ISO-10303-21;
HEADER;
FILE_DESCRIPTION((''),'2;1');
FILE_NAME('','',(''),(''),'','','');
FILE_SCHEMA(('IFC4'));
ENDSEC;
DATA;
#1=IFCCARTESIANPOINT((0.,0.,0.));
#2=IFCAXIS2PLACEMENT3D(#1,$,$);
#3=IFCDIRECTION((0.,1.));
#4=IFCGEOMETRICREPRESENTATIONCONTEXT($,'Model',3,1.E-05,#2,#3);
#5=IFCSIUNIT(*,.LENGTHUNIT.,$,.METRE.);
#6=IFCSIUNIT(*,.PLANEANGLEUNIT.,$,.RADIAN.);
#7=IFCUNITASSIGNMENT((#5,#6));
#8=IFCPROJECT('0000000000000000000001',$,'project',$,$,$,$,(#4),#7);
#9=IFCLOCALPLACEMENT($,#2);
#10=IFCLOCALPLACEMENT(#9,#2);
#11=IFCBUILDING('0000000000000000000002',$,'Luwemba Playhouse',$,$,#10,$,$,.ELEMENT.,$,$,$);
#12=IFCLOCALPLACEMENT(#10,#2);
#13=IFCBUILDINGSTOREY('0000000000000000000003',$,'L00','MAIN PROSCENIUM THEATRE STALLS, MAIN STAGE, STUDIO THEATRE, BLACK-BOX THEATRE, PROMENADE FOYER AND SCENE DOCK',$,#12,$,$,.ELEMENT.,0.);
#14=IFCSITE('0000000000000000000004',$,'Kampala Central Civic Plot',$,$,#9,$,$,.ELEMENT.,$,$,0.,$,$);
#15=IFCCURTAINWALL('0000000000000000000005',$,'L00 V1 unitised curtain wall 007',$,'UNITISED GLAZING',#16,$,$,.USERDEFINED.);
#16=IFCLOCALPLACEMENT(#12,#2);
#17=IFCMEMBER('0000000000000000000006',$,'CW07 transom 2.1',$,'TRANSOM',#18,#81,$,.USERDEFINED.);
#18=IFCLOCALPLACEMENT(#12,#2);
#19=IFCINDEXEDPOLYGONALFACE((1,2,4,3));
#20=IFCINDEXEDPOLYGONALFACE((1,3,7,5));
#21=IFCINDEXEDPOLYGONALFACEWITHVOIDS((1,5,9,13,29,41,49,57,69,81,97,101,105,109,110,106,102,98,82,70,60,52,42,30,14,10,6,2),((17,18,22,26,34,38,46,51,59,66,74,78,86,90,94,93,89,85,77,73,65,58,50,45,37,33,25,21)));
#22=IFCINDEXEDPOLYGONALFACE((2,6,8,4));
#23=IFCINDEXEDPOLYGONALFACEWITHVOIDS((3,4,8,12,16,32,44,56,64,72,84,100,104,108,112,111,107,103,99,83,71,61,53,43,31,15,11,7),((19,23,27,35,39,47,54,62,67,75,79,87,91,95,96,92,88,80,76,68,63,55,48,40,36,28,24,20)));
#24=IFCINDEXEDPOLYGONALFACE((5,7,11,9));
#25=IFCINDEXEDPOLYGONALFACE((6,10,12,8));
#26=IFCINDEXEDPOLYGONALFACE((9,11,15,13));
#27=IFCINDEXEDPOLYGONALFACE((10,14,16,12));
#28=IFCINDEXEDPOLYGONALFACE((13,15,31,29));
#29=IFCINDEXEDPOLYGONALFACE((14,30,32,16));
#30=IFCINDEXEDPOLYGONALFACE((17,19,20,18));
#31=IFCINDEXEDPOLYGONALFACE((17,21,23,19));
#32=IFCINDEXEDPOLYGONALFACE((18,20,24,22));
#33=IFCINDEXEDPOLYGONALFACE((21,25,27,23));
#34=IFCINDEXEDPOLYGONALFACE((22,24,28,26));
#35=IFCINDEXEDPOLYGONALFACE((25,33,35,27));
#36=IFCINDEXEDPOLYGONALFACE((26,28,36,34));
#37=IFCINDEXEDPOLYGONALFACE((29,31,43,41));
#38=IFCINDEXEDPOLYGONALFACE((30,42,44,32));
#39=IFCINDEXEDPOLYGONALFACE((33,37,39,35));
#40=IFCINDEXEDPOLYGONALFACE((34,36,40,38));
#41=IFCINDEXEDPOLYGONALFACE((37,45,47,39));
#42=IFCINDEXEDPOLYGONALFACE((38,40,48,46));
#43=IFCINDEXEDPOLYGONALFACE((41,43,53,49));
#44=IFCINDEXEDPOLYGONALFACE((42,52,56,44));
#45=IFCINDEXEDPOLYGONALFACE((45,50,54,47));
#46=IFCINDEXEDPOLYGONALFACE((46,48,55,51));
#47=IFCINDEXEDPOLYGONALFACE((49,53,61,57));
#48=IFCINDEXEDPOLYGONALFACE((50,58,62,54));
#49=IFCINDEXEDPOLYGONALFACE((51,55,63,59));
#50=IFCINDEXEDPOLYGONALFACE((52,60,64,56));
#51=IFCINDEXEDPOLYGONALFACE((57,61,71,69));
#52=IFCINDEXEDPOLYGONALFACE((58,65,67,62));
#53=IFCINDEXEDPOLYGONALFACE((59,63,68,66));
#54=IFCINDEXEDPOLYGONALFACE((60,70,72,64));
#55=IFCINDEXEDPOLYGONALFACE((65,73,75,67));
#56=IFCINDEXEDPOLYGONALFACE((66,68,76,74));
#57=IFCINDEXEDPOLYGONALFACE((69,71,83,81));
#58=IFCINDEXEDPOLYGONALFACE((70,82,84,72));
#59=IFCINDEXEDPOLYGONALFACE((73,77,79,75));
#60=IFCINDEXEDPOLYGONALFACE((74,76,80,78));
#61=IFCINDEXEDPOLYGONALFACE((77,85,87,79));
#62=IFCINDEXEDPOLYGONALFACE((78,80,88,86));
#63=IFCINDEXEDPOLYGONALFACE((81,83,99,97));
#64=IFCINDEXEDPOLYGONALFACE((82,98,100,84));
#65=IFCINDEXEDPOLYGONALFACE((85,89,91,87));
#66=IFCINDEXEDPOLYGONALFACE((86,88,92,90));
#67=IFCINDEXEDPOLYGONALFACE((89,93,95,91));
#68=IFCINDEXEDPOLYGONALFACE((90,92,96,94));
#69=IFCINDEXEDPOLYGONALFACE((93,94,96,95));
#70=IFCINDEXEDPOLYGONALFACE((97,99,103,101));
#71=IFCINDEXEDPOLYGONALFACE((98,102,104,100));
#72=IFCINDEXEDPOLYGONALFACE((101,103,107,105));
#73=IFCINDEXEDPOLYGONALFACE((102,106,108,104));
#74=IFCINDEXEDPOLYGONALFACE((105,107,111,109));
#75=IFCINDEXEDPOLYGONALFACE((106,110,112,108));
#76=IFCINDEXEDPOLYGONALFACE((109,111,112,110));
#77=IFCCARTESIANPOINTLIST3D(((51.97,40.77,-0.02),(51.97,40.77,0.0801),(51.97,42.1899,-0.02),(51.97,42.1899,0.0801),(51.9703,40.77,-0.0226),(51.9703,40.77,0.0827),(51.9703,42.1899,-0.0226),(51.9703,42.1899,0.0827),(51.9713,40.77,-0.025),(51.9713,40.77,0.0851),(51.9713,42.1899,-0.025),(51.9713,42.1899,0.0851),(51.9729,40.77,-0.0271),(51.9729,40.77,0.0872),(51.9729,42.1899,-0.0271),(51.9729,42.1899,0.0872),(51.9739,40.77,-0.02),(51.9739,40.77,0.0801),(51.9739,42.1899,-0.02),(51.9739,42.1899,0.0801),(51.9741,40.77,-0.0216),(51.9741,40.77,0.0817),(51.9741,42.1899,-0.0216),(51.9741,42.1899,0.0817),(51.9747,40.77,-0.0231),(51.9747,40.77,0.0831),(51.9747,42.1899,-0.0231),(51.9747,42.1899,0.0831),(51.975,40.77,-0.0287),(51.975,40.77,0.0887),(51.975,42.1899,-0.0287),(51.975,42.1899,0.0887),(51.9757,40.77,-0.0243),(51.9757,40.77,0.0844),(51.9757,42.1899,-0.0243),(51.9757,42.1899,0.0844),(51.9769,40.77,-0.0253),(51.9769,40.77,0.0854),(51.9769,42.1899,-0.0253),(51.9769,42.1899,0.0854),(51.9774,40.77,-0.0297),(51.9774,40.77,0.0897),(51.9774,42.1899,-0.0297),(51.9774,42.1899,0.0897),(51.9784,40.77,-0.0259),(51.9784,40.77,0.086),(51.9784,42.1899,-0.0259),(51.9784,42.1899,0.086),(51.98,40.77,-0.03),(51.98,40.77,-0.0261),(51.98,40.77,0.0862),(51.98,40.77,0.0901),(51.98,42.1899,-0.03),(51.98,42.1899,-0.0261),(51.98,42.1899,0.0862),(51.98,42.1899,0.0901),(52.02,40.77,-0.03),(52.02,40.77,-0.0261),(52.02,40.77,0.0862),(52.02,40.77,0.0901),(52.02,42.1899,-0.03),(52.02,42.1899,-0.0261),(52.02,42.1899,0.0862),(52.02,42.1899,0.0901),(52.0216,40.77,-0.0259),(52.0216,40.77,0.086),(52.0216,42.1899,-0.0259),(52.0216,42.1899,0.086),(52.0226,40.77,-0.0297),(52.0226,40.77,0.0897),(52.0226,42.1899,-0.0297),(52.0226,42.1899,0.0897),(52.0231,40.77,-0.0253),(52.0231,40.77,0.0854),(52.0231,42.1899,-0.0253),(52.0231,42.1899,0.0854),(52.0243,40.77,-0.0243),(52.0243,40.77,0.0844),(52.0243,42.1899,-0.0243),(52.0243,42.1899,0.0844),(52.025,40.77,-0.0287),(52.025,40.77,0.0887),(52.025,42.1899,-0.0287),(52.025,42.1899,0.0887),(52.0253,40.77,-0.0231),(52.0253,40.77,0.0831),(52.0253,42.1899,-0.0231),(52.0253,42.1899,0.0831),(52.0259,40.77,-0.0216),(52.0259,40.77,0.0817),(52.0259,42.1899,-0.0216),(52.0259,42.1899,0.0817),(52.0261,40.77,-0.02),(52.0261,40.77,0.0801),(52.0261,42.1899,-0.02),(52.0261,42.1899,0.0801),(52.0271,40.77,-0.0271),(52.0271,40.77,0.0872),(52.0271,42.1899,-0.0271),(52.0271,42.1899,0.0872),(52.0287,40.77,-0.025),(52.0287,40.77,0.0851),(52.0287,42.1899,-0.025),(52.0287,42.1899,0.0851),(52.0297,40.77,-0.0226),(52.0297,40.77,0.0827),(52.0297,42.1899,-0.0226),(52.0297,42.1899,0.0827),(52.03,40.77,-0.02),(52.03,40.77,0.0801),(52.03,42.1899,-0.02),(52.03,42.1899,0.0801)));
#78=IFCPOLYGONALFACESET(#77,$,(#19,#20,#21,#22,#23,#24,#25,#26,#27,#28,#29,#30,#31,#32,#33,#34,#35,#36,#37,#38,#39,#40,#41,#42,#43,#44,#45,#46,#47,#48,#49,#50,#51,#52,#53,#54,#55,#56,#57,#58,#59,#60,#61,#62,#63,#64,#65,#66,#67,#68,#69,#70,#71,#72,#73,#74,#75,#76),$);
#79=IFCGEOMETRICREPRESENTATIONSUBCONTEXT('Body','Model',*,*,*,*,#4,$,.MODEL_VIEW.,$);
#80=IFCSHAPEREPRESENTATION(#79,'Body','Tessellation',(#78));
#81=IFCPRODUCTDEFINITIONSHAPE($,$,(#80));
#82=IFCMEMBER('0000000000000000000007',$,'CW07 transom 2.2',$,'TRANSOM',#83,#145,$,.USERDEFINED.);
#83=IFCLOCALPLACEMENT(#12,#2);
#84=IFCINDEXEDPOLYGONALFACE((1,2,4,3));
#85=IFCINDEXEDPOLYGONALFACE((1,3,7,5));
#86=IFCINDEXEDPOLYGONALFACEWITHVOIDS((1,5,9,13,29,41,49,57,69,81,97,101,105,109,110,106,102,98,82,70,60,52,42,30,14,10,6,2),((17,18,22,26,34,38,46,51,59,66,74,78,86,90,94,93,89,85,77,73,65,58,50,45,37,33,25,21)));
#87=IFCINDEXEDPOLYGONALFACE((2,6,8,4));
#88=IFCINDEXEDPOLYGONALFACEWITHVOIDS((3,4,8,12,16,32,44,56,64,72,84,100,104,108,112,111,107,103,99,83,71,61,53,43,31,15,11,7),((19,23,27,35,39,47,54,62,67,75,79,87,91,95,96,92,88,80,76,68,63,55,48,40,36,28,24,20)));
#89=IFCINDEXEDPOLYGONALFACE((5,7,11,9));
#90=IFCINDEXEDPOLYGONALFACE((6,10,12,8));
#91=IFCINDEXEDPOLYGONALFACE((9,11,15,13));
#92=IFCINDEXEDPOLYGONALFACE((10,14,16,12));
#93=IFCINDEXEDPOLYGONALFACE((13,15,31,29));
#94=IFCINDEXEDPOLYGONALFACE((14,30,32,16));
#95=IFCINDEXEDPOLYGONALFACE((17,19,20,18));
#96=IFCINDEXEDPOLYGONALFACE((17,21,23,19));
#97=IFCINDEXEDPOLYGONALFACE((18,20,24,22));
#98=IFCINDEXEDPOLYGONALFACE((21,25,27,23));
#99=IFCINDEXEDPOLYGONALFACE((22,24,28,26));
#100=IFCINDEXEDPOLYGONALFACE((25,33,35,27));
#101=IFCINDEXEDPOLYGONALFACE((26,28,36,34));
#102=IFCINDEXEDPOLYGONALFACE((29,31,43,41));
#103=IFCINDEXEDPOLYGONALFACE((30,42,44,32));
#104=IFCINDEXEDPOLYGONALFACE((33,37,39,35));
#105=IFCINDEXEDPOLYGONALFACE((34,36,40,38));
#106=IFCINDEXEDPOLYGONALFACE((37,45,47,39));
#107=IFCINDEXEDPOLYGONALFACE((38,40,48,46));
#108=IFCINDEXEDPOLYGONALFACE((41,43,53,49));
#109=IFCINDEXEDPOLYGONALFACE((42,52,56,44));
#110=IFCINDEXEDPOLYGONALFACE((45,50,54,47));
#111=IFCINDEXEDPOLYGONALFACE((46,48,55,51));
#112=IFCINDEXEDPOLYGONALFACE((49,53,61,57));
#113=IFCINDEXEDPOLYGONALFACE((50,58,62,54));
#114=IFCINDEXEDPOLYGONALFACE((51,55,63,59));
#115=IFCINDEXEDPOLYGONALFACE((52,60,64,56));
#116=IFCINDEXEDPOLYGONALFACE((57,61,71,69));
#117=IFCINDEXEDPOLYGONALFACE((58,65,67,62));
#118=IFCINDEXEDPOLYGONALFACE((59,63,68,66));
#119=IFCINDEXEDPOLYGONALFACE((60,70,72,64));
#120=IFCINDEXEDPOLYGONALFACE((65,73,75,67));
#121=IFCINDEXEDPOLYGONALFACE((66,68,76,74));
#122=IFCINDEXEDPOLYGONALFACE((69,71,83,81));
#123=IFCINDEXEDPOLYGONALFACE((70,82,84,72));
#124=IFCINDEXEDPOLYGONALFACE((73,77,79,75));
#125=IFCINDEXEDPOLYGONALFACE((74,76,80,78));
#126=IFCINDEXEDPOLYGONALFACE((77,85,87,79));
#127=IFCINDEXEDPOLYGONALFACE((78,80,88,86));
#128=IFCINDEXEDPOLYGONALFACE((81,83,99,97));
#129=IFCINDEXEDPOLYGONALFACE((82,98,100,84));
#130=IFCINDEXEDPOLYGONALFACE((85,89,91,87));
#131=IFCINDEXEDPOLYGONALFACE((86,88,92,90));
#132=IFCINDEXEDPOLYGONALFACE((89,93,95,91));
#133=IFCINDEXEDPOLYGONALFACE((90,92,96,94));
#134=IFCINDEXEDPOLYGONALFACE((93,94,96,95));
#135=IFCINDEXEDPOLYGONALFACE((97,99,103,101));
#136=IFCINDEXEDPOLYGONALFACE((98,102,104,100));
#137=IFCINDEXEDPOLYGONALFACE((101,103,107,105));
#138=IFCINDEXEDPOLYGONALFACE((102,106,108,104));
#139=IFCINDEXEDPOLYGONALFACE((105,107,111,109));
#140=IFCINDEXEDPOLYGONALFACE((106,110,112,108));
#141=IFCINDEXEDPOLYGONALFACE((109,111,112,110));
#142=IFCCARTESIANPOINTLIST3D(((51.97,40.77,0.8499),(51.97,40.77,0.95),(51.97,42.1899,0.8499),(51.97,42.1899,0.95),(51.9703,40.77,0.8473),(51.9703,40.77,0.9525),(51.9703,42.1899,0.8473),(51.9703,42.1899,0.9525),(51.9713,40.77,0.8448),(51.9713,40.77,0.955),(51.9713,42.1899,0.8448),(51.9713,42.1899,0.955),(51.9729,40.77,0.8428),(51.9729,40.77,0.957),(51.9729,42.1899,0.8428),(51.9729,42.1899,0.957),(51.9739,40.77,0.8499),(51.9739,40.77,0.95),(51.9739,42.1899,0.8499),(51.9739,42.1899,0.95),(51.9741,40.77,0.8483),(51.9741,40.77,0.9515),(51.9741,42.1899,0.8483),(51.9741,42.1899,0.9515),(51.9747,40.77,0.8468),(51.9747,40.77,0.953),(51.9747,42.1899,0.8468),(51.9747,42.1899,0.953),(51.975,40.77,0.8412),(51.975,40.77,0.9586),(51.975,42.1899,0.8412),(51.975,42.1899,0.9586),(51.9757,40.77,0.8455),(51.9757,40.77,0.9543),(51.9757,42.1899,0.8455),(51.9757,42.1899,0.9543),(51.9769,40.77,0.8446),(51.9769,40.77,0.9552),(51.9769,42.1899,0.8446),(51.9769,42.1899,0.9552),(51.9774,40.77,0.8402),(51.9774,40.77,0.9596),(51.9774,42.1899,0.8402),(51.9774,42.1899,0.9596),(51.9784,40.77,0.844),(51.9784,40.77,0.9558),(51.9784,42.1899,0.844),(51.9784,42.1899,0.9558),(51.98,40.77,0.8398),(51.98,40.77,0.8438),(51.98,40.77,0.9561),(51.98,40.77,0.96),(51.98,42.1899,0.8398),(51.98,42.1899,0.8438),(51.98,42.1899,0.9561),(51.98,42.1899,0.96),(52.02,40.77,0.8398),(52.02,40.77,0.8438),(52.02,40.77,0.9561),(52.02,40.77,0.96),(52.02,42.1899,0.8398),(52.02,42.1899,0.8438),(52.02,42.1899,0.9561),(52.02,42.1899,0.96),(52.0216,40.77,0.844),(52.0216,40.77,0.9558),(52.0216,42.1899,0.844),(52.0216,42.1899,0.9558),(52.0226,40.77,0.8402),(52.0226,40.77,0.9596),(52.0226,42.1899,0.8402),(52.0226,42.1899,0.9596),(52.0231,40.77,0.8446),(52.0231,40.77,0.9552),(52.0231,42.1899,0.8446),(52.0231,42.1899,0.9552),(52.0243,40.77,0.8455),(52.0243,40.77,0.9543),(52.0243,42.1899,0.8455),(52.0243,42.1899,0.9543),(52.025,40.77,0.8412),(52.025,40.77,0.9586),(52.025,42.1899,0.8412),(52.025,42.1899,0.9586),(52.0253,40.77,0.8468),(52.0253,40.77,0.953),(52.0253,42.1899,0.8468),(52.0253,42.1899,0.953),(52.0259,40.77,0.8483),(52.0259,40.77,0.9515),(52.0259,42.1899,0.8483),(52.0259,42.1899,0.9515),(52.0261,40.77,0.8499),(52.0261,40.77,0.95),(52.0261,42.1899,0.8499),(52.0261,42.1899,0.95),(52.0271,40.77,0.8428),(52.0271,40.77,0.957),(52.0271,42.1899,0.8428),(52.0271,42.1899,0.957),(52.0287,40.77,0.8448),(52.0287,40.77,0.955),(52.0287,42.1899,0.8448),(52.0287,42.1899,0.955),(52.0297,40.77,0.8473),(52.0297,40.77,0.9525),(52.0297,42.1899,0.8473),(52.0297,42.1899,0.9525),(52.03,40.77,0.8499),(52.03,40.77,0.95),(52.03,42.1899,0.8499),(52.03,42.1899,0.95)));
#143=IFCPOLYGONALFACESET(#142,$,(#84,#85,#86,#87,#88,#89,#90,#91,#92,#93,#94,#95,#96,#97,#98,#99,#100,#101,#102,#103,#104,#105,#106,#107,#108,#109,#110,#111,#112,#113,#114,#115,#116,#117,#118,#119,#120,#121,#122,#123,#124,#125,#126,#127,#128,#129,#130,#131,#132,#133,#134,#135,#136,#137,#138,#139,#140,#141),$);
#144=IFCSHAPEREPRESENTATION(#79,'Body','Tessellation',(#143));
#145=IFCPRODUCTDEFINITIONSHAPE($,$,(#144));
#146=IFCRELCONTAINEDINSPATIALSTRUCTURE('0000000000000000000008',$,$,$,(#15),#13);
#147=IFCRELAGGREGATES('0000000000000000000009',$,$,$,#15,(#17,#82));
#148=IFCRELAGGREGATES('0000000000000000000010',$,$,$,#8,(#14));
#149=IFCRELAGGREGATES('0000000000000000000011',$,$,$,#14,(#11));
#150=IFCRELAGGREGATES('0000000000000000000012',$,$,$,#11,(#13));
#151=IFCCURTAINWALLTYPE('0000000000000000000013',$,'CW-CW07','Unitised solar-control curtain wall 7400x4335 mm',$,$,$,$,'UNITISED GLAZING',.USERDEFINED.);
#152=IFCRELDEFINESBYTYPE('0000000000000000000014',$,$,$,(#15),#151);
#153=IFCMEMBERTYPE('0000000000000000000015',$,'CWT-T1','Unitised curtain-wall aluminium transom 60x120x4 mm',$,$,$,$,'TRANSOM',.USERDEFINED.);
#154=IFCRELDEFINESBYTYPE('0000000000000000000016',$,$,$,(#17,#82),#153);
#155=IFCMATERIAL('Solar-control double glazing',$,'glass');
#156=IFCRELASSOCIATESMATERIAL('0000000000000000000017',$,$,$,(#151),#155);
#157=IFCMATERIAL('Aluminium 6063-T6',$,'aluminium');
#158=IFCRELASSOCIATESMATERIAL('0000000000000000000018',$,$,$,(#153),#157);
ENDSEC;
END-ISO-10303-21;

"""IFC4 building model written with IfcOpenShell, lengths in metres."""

from ifc_helpers import new_model, si_unit, direction, frame, origin, origin_2d, place, context, subcontext, project, spatial, hollow_rectangle, extrude, material, material_profile, profile_set, type_object, element, aggregate, save


model = new_model("IFC4")

# Units and contexts
model_context = context("Model", 3, precision=1e-05, world=origin(), true_north=direction((0.0, 1.0)))
body_context = subcontext(model_context, "Body", "Model", "MODEL_VIEW")
ifc_project = project(units=[si_unit("LENGTHUNIT", "METRE"), si_unit("PLANEANGLEUNIT", "RADIAN")], contexts=[model_context])

# Site, building, storey
site_placement = place(None, origin())
site = spatial("IfcSite", under=ifc_project, at=site_placement, Name="Kampala Central Civic Plot", CompositionType="ELEMENT", RefElevation=0.0)
building_placement = place(site_placement, origin())
building = spatial("IfcBuilding", under=site, at=building_placement, Name="Luwemba Playhouse", CompositionType="ELEMENT")
storey_placement = place(building_placement, origin())
storey = spatial("IfcBuildingStorey", under=building, at=storey_placement, Name="L00", Description="MAIN PROSCENIUM THEATRE STALLS, MAIN STAGE, STUDIO THEATRE, BLACK-BOX THEATRE, PROMENADE FOYER AND SCENE DOCK", CompositionType="ELEMENT", Elevation=0.0)

# Curtain wall
ifc_material_1 = material(Name="Solar-control double glazing", Category="glass")
curtain_wall_type_1 = type_object("IfcCurtainWallType", Name="CW-CW07", Description="Unitised solar-control curtain wall 7400x4335 mm", ElementType="UNITISED GLAZING", PredefinedType="USERDEFINED", material=ifc_material_1)
curtain_wall_1_placement = place(storey_placement, origin())
curtain_wall_1 = element("IfcCurtainWall", 1, at=curtain_wall_1_placement, inside=storey, type_object=curtain_wall_type_1, Name="L00 V1 unitised curtain wall 007", ObjectType="UNITISED GLAZING", PredefinedType="USERDEFINED")
ifc_material_2 = material(Name="Aluminium 6063-T6", Category="aluminium")

# Members
ifc_material_profile_1 = material_profile(ifc_material_2, hollow_rectangle(XDim=0.0601, YDim=0.1201, WallThickness=0.0039, InnerFilletRadius=0.0061, OuterFilletRadius=0.01, at=origin_2d()))
ifc_profile_set_1 = profile_set([ifc_material_profile_1], Name="Aluminium 6063-T6")
member_type_1 = type_object("IfcMemberType", Name="CWT-T1", Description="Unitised curtain-wall aluminium transom 60x120x4 mm", ElementType="TRANSOM", PredefinedType="USERDEFINED", material=ifc_profile_set_1)
member_1_placement = place(storey_placement, frame((52.0, 42.1899, 0.03), z_axis=(0.0, -1.0, 0.0), x_axis=(1.0, 0.0, 0.0)))
member_1 = element("IfcMember", 2, at=member_1_placement, type_object=member_type_1, Name="CW07 transom 2.1", ObjectType="TRANSOM", PredefinedType="USERDEFINED", context=body_context, shape_type="SweptSolid", body=[
    extrude(hollow_rectangle(XDim=0.0601, YDim=0.1201, WallThickness=0.0039, InnerFilletRadius=0.0061, OuterFilletRadius=0.01, at=origin_2d()), origin(), (0.0, 0.0, 1.0), 1.4199),
])
member_2_placement = place(storey_placement, frame((52.0, 42.1899, 0.8999), z_axis=(0.0, -1.0, 0.0), x_axis=(1.0, 0.0, 0.0)))
member_2 = element("IfcMember", 3, at=member_2_placement, type_object=member_type_1, Name="CW07 transom 2.2", ObjectType="TRANSOM", PredefinedType="USERDEFINED", context=body_context, shape_type="SweptSolid", body=[
    extrude(hollow_rectangle(XDim=0.0601, YDim=0.1201, WallThickness=0.0039, InnerFilletRadius=0.0061, OuterFilletRadius=0.01, at=origin_2d()), origin(), (0.0, 0.0, 1.0), 1.4199),
])

aggregate(curtain_wall_1, [member_1, member_2])

save(model, "model.ifc")
